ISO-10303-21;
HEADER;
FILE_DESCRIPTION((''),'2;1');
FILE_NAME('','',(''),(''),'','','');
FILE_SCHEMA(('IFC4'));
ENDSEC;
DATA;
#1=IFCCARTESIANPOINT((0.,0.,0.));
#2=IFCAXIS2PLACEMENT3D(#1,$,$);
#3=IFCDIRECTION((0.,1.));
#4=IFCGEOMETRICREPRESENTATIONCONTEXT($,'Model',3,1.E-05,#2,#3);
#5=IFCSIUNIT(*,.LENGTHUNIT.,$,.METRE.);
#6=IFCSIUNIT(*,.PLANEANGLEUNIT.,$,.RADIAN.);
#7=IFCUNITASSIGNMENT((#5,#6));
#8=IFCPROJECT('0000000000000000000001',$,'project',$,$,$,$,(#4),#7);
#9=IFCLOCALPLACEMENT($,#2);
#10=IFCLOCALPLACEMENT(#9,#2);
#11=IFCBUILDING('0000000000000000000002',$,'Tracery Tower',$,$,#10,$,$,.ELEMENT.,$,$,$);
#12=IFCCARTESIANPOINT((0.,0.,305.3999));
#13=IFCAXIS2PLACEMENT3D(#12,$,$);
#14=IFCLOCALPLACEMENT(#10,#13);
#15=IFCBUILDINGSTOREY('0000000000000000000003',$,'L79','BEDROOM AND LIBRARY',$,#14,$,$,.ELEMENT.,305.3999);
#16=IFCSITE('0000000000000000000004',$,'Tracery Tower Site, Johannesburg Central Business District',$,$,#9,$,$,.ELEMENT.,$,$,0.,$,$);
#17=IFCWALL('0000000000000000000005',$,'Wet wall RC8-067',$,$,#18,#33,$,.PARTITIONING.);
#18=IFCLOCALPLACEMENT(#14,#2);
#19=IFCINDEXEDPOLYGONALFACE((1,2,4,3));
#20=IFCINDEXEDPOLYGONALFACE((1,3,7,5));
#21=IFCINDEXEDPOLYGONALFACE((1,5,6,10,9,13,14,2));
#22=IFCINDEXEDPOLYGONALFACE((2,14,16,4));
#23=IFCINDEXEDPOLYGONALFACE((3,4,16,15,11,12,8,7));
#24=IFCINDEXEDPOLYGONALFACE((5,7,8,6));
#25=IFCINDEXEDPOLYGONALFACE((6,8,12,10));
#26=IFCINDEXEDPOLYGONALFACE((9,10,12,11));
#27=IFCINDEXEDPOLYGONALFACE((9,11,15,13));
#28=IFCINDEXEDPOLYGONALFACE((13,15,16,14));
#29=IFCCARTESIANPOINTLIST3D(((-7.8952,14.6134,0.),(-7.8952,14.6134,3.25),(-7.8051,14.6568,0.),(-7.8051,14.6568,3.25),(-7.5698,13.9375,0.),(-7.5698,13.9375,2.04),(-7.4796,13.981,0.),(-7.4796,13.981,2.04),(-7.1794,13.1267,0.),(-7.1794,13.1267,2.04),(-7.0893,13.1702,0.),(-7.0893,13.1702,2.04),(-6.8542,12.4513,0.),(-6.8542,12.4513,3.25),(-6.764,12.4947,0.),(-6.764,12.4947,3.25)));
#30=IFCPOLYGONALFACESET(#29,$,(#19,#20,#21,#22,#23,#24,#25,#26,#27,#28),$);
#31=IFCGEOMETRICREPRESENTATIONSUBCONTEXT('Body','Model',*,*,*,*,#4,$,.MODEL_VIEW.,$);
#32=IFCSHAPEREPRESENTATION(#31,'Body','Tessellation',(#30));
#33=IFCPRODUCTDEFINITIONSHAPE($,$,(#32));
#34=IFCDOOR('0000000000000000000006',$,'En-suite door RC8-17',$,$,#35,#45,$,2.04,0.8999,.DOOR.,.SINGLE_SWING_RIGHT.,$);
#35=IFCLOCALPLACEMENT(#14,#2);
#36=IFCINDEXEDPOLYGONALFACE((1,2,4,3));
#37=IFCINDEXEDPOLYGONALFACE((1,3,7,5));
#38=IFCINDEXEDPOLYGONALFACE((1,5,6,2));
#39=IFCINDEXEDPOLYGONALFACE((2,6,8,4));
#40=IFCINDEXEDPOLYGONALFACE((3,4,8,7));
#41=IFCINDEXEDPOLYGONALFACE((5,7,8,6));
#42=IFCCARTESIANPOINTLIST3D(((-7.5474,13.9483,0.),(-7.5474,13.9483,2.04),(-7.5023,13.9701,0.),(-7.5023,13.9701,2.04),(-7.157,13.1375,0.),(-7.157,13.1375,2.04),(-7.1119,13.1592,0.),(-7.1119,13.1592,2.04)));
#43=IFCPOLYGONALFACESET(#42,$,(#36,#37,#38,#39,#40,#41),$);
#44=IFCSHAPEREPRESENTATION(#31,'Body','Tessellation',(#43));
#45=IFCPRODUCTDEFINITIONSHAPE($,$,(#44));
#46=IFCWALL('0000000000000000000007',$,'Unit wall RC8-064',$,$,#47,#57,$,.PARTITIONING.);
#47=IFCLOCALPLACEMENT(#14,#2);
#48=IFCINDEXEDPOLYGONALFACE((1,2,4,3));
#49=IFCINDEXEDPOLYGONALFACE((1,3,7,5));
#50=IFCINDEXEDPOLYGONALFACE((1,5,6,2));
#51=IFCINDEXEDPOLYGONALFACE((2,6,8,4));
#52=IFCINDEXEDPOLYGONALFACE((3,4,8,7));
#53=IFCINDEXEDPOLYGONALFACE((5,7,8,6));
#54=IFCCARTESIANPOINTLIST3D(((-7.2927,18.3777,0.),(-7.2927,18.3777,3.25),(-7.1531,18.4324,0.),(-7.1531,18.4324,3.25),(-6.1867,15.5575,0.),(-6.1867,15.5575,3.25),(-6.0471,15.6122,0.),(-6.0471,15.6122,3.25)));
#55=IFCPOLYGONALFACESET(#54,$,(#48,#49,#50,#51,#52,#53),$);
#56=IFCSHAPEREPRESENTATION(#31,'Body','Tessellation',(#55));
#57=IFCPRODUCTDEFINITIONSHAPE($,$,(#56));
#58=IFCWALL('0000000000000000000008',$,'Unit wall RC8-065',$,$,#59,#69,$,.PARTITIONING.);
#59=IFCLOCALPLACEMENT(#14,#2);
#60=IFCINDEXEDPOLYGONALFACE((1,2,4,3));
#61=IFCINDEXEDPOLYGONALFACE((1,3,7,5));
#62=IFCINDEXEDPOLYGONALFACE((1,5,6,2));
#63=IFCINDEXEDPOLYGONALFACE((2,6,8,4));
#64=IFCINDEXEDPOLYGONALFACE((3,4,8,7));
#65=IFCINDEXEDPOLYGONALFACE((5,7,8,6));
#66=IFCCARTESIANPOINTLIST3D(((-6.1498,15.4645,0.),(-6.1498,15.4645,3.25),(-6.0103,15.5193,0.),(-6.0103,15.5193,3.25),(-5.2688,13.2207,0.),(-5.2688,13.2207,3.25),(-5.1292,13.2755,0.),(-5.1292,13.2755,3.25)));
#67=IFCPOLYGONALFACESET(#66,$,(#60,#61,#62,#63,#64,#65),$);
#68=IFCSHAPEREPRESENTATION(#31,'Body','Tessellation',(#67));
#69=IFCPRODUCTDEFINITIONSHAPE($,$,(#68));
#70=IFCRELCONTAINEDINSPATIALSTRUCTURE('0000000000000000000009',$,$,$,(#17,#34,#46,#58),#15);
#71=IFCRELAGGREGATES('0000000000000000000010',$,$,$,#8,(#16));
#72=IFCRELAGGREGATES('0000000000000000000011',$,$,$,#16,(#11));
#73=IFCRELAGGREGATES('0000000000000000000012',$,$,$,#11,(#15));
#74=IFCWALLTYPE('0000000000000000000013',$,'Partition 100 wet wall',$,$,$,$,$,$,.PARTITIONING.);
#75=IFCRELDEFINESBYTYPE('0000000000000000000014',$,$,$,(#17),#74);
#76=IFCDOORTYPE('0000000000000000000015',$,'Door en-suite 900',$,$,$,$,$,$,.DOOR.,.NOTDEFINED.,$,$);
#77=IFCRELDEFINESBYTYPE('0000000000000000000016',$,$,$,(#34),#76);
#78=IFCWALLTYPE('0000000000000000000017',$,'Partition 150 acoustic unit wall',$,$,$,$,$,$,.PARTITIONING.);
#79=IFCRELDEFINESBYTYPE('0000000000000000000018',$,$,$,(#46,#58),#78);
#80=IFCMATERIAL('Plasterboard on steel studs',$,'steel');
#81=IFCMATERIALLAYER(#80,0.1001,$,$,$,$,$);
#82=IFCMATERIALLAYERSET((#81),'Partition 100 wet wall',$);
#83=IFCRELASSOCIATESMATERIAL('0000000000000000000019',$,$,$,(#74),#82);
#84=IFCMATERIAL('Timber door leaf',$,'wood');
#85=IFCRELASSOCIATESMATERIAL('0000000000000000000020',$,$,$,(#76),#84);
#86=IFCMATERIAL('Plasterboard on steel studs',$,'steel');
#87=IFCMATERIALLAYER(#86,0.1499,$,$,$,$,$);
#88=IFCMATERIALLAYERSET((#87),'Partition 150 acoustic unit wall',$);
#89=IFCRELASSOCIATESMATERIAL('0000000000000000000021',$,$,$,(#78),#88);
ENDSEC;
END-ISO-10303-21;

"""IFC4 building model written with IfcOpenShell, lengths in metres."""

from ifc_helpers import new_model, si_unit, direction, frame, frame_2d, origin, place, context, subcontext, project, spatial, rectangle, extrude, material, layer, layer_set, type_object, element, fill, save


model = new_model("IFC4")

# Units and contexts
model_context = context("Model", 3, precision=1e-05, world=origin(), true_north=direction((0.0, 1.0)))
body_context = subcontext(model_context, "Body", "Model", "MODEL_VIEW")
ifc_project = project(units=[si_unit("LENGTHUNIT", "METRE"), si_unit("PLANEANGLEUNIT", "RADIAN")], contexts=[model_context])

# Site, building, storey
site_placement = place(None, origin())
site = spatial("IfcSite", under=ifc_project, at=site_placement, Name="Tracery Tower Site, Johannesburg Central Business District", CompositionType="ELEMENT", RefElevation=0.0)
building_placement = place(site_placement, origin())
building = spatial("IfcBuilding", under=site, at=building_placement, Name="Tracery Tower", CompositionType="ELEMENT")
storey_placement = place(building_placement, frame((0.0, 0.0, 305.3999)))
storey = spatial("IfcBuildingStorey", under=building, at=storey_placement, Name="L79", Description="BEDROOM AND LIBRARY", CompositionType="ELEMENT", Elevation=305.3999)

# Shared definitions
ifc_material_1 = material(Name="Plasterboard on steel studs", Category="steel")
ifc_layer_1 = layer(ifc_material_1, 0.1001)
ifc_layer_set_1 = layer_set([ifc_layer_1], Name="Partition 100 wet wall")
wall_type_1 = type_object("IfcWallType", Name="Partition 100 wet wall", PredefinedType="PARTITIONING", material=ifc_layer_set_1)
ifc_material_2 = material(Name="Timber door leaf", Category="wood")
door_type = type_object("IfcDoorType", Name="Door en-suite 900", OperationType="NOTDEFINED", PredefinedType="DOOR", material=ifc_material_2)

# Wall, opening, door
wall_1_placement = place(storey_placement, frame((-7.8501, 14.635, 0.0), z_axis=(0.0, 0.0, 1.0), x_axis=(0.433816, -0.901002, 0.0)))
wall_1 = element("IfcWall", 1, at=wall_1_placement, inside=storey, type_object=wall_type_1, Name="Wet wall RC8-067", PredefinedType="PARTITIONING", context=body_context, shape_type="SweptSolid", body=[
    extrude(rectangle(XDim=2.3997, YDim=0.1001, at=frame_2d((1.1997, 0.0))), origin(), (0.0, 0.0, 1.0), 3.25),
])
opening_1_placement = place(wall_1_placement, frame((0.75, 0.0, 0.0)))
opening_1 = element("IfcOpeningElement", 2, at=opening_1_placement, cuts=wall_1, PredefinedType="OPENING", context=body_context, shape_type="SweptSolid", body=[
    extrude(rectangle(XDim=0.8999, YDim=2.04, at=frame_2d((0.45, 1.02))), frame((0.0, 0.05, 0.0), z_axis=(0.0, -1.0, 0.0), x_axis=(1.0, 0.0, 0.0)), (0.0, 0.0, 1.0), 0.1001),
])
door_1_placement = place(opening_1_placement, origin())
door_1 = element("IfcDoor", 3, at=door_1_placement, inside=storey, type_object=door_type, Name="En-suite door RC8-17", OperationType="SINGLE_SWING_RIGHT", OverallHeight=2.04, OverallWidth=0.8999, PredefinedType="DOOR", context=body_context, shape_type="SweptSolid", body=[
    extrude(rectangle(XDim=0.8999, YDim=2.04, at=frame_2d((0.45, 1.02))), frame((0.0, 0.0249, 0.0), z_axis=(0.0, -1.0, 0.0), x_axis=(1.0, 0.0, 0.0)), (0.0, 0.0, 1.0), 0.05),
])
fill(opening_1, door_1)

# Walls
ifc_material_3 = material(Name="Plasterboard on steel studs", Category="steel")
ifc_layer_2 = layer(ifc_material_3, 0.1499)
ifc_layer_set_2 = layer_set([ifc_layer_2], Name="Partition 150 acoustic unit wall")
wall_type_2 = type_object("IfcWallType", Name="Partition 150 acoustic unit wall", PredefinedType="PARTITIONING", material=ifc_layer_set_2)
wall_2_placement = place(storey_placement, frame((-7.2229, 18.405, 0.0), z_axis=(0.0, 0.0, 1.0), x_axis=(0.365101, -0.930968, 0.0)))
element("IfcWall", 4, at=wall_2_placement, inside=storey, type_object=wall_type_2, Name="Unit wall RC8-064", PredefinedType="PARTITIONING", context=body_context, shape_type="SweptSolid", body=[
    extrude(rectangle(XDim=3.0293, YDim=0.1499, at=frame_2d((1.5146, 0.0))), origin(), (0.0, 0.0, 1.0), 3.25),
])
wall_3_placement = place(storey_placement, frame((-6.0801, 15.4919, 0.0), z_axis=(0.0, 0.0, 1.0), x_axis=(0.365499, -0.930812, 0.0)))
element("IfcWall", 5, at=wall_3_placement, inside=storey, type_object=wall_type_2, Name="Unit wall RC8-065", PredefinedType="PARTITIONING", context=body_context, shape_type="SweptSolid", body=[
    extrude(rectangle(XDim=2.4106, YDim=0.1499, at=frame_2d((1.2053, 0.0))), origin(), (0.0, 0.0, 1.0), 3.25),
])

save(model, "model.ifc")
